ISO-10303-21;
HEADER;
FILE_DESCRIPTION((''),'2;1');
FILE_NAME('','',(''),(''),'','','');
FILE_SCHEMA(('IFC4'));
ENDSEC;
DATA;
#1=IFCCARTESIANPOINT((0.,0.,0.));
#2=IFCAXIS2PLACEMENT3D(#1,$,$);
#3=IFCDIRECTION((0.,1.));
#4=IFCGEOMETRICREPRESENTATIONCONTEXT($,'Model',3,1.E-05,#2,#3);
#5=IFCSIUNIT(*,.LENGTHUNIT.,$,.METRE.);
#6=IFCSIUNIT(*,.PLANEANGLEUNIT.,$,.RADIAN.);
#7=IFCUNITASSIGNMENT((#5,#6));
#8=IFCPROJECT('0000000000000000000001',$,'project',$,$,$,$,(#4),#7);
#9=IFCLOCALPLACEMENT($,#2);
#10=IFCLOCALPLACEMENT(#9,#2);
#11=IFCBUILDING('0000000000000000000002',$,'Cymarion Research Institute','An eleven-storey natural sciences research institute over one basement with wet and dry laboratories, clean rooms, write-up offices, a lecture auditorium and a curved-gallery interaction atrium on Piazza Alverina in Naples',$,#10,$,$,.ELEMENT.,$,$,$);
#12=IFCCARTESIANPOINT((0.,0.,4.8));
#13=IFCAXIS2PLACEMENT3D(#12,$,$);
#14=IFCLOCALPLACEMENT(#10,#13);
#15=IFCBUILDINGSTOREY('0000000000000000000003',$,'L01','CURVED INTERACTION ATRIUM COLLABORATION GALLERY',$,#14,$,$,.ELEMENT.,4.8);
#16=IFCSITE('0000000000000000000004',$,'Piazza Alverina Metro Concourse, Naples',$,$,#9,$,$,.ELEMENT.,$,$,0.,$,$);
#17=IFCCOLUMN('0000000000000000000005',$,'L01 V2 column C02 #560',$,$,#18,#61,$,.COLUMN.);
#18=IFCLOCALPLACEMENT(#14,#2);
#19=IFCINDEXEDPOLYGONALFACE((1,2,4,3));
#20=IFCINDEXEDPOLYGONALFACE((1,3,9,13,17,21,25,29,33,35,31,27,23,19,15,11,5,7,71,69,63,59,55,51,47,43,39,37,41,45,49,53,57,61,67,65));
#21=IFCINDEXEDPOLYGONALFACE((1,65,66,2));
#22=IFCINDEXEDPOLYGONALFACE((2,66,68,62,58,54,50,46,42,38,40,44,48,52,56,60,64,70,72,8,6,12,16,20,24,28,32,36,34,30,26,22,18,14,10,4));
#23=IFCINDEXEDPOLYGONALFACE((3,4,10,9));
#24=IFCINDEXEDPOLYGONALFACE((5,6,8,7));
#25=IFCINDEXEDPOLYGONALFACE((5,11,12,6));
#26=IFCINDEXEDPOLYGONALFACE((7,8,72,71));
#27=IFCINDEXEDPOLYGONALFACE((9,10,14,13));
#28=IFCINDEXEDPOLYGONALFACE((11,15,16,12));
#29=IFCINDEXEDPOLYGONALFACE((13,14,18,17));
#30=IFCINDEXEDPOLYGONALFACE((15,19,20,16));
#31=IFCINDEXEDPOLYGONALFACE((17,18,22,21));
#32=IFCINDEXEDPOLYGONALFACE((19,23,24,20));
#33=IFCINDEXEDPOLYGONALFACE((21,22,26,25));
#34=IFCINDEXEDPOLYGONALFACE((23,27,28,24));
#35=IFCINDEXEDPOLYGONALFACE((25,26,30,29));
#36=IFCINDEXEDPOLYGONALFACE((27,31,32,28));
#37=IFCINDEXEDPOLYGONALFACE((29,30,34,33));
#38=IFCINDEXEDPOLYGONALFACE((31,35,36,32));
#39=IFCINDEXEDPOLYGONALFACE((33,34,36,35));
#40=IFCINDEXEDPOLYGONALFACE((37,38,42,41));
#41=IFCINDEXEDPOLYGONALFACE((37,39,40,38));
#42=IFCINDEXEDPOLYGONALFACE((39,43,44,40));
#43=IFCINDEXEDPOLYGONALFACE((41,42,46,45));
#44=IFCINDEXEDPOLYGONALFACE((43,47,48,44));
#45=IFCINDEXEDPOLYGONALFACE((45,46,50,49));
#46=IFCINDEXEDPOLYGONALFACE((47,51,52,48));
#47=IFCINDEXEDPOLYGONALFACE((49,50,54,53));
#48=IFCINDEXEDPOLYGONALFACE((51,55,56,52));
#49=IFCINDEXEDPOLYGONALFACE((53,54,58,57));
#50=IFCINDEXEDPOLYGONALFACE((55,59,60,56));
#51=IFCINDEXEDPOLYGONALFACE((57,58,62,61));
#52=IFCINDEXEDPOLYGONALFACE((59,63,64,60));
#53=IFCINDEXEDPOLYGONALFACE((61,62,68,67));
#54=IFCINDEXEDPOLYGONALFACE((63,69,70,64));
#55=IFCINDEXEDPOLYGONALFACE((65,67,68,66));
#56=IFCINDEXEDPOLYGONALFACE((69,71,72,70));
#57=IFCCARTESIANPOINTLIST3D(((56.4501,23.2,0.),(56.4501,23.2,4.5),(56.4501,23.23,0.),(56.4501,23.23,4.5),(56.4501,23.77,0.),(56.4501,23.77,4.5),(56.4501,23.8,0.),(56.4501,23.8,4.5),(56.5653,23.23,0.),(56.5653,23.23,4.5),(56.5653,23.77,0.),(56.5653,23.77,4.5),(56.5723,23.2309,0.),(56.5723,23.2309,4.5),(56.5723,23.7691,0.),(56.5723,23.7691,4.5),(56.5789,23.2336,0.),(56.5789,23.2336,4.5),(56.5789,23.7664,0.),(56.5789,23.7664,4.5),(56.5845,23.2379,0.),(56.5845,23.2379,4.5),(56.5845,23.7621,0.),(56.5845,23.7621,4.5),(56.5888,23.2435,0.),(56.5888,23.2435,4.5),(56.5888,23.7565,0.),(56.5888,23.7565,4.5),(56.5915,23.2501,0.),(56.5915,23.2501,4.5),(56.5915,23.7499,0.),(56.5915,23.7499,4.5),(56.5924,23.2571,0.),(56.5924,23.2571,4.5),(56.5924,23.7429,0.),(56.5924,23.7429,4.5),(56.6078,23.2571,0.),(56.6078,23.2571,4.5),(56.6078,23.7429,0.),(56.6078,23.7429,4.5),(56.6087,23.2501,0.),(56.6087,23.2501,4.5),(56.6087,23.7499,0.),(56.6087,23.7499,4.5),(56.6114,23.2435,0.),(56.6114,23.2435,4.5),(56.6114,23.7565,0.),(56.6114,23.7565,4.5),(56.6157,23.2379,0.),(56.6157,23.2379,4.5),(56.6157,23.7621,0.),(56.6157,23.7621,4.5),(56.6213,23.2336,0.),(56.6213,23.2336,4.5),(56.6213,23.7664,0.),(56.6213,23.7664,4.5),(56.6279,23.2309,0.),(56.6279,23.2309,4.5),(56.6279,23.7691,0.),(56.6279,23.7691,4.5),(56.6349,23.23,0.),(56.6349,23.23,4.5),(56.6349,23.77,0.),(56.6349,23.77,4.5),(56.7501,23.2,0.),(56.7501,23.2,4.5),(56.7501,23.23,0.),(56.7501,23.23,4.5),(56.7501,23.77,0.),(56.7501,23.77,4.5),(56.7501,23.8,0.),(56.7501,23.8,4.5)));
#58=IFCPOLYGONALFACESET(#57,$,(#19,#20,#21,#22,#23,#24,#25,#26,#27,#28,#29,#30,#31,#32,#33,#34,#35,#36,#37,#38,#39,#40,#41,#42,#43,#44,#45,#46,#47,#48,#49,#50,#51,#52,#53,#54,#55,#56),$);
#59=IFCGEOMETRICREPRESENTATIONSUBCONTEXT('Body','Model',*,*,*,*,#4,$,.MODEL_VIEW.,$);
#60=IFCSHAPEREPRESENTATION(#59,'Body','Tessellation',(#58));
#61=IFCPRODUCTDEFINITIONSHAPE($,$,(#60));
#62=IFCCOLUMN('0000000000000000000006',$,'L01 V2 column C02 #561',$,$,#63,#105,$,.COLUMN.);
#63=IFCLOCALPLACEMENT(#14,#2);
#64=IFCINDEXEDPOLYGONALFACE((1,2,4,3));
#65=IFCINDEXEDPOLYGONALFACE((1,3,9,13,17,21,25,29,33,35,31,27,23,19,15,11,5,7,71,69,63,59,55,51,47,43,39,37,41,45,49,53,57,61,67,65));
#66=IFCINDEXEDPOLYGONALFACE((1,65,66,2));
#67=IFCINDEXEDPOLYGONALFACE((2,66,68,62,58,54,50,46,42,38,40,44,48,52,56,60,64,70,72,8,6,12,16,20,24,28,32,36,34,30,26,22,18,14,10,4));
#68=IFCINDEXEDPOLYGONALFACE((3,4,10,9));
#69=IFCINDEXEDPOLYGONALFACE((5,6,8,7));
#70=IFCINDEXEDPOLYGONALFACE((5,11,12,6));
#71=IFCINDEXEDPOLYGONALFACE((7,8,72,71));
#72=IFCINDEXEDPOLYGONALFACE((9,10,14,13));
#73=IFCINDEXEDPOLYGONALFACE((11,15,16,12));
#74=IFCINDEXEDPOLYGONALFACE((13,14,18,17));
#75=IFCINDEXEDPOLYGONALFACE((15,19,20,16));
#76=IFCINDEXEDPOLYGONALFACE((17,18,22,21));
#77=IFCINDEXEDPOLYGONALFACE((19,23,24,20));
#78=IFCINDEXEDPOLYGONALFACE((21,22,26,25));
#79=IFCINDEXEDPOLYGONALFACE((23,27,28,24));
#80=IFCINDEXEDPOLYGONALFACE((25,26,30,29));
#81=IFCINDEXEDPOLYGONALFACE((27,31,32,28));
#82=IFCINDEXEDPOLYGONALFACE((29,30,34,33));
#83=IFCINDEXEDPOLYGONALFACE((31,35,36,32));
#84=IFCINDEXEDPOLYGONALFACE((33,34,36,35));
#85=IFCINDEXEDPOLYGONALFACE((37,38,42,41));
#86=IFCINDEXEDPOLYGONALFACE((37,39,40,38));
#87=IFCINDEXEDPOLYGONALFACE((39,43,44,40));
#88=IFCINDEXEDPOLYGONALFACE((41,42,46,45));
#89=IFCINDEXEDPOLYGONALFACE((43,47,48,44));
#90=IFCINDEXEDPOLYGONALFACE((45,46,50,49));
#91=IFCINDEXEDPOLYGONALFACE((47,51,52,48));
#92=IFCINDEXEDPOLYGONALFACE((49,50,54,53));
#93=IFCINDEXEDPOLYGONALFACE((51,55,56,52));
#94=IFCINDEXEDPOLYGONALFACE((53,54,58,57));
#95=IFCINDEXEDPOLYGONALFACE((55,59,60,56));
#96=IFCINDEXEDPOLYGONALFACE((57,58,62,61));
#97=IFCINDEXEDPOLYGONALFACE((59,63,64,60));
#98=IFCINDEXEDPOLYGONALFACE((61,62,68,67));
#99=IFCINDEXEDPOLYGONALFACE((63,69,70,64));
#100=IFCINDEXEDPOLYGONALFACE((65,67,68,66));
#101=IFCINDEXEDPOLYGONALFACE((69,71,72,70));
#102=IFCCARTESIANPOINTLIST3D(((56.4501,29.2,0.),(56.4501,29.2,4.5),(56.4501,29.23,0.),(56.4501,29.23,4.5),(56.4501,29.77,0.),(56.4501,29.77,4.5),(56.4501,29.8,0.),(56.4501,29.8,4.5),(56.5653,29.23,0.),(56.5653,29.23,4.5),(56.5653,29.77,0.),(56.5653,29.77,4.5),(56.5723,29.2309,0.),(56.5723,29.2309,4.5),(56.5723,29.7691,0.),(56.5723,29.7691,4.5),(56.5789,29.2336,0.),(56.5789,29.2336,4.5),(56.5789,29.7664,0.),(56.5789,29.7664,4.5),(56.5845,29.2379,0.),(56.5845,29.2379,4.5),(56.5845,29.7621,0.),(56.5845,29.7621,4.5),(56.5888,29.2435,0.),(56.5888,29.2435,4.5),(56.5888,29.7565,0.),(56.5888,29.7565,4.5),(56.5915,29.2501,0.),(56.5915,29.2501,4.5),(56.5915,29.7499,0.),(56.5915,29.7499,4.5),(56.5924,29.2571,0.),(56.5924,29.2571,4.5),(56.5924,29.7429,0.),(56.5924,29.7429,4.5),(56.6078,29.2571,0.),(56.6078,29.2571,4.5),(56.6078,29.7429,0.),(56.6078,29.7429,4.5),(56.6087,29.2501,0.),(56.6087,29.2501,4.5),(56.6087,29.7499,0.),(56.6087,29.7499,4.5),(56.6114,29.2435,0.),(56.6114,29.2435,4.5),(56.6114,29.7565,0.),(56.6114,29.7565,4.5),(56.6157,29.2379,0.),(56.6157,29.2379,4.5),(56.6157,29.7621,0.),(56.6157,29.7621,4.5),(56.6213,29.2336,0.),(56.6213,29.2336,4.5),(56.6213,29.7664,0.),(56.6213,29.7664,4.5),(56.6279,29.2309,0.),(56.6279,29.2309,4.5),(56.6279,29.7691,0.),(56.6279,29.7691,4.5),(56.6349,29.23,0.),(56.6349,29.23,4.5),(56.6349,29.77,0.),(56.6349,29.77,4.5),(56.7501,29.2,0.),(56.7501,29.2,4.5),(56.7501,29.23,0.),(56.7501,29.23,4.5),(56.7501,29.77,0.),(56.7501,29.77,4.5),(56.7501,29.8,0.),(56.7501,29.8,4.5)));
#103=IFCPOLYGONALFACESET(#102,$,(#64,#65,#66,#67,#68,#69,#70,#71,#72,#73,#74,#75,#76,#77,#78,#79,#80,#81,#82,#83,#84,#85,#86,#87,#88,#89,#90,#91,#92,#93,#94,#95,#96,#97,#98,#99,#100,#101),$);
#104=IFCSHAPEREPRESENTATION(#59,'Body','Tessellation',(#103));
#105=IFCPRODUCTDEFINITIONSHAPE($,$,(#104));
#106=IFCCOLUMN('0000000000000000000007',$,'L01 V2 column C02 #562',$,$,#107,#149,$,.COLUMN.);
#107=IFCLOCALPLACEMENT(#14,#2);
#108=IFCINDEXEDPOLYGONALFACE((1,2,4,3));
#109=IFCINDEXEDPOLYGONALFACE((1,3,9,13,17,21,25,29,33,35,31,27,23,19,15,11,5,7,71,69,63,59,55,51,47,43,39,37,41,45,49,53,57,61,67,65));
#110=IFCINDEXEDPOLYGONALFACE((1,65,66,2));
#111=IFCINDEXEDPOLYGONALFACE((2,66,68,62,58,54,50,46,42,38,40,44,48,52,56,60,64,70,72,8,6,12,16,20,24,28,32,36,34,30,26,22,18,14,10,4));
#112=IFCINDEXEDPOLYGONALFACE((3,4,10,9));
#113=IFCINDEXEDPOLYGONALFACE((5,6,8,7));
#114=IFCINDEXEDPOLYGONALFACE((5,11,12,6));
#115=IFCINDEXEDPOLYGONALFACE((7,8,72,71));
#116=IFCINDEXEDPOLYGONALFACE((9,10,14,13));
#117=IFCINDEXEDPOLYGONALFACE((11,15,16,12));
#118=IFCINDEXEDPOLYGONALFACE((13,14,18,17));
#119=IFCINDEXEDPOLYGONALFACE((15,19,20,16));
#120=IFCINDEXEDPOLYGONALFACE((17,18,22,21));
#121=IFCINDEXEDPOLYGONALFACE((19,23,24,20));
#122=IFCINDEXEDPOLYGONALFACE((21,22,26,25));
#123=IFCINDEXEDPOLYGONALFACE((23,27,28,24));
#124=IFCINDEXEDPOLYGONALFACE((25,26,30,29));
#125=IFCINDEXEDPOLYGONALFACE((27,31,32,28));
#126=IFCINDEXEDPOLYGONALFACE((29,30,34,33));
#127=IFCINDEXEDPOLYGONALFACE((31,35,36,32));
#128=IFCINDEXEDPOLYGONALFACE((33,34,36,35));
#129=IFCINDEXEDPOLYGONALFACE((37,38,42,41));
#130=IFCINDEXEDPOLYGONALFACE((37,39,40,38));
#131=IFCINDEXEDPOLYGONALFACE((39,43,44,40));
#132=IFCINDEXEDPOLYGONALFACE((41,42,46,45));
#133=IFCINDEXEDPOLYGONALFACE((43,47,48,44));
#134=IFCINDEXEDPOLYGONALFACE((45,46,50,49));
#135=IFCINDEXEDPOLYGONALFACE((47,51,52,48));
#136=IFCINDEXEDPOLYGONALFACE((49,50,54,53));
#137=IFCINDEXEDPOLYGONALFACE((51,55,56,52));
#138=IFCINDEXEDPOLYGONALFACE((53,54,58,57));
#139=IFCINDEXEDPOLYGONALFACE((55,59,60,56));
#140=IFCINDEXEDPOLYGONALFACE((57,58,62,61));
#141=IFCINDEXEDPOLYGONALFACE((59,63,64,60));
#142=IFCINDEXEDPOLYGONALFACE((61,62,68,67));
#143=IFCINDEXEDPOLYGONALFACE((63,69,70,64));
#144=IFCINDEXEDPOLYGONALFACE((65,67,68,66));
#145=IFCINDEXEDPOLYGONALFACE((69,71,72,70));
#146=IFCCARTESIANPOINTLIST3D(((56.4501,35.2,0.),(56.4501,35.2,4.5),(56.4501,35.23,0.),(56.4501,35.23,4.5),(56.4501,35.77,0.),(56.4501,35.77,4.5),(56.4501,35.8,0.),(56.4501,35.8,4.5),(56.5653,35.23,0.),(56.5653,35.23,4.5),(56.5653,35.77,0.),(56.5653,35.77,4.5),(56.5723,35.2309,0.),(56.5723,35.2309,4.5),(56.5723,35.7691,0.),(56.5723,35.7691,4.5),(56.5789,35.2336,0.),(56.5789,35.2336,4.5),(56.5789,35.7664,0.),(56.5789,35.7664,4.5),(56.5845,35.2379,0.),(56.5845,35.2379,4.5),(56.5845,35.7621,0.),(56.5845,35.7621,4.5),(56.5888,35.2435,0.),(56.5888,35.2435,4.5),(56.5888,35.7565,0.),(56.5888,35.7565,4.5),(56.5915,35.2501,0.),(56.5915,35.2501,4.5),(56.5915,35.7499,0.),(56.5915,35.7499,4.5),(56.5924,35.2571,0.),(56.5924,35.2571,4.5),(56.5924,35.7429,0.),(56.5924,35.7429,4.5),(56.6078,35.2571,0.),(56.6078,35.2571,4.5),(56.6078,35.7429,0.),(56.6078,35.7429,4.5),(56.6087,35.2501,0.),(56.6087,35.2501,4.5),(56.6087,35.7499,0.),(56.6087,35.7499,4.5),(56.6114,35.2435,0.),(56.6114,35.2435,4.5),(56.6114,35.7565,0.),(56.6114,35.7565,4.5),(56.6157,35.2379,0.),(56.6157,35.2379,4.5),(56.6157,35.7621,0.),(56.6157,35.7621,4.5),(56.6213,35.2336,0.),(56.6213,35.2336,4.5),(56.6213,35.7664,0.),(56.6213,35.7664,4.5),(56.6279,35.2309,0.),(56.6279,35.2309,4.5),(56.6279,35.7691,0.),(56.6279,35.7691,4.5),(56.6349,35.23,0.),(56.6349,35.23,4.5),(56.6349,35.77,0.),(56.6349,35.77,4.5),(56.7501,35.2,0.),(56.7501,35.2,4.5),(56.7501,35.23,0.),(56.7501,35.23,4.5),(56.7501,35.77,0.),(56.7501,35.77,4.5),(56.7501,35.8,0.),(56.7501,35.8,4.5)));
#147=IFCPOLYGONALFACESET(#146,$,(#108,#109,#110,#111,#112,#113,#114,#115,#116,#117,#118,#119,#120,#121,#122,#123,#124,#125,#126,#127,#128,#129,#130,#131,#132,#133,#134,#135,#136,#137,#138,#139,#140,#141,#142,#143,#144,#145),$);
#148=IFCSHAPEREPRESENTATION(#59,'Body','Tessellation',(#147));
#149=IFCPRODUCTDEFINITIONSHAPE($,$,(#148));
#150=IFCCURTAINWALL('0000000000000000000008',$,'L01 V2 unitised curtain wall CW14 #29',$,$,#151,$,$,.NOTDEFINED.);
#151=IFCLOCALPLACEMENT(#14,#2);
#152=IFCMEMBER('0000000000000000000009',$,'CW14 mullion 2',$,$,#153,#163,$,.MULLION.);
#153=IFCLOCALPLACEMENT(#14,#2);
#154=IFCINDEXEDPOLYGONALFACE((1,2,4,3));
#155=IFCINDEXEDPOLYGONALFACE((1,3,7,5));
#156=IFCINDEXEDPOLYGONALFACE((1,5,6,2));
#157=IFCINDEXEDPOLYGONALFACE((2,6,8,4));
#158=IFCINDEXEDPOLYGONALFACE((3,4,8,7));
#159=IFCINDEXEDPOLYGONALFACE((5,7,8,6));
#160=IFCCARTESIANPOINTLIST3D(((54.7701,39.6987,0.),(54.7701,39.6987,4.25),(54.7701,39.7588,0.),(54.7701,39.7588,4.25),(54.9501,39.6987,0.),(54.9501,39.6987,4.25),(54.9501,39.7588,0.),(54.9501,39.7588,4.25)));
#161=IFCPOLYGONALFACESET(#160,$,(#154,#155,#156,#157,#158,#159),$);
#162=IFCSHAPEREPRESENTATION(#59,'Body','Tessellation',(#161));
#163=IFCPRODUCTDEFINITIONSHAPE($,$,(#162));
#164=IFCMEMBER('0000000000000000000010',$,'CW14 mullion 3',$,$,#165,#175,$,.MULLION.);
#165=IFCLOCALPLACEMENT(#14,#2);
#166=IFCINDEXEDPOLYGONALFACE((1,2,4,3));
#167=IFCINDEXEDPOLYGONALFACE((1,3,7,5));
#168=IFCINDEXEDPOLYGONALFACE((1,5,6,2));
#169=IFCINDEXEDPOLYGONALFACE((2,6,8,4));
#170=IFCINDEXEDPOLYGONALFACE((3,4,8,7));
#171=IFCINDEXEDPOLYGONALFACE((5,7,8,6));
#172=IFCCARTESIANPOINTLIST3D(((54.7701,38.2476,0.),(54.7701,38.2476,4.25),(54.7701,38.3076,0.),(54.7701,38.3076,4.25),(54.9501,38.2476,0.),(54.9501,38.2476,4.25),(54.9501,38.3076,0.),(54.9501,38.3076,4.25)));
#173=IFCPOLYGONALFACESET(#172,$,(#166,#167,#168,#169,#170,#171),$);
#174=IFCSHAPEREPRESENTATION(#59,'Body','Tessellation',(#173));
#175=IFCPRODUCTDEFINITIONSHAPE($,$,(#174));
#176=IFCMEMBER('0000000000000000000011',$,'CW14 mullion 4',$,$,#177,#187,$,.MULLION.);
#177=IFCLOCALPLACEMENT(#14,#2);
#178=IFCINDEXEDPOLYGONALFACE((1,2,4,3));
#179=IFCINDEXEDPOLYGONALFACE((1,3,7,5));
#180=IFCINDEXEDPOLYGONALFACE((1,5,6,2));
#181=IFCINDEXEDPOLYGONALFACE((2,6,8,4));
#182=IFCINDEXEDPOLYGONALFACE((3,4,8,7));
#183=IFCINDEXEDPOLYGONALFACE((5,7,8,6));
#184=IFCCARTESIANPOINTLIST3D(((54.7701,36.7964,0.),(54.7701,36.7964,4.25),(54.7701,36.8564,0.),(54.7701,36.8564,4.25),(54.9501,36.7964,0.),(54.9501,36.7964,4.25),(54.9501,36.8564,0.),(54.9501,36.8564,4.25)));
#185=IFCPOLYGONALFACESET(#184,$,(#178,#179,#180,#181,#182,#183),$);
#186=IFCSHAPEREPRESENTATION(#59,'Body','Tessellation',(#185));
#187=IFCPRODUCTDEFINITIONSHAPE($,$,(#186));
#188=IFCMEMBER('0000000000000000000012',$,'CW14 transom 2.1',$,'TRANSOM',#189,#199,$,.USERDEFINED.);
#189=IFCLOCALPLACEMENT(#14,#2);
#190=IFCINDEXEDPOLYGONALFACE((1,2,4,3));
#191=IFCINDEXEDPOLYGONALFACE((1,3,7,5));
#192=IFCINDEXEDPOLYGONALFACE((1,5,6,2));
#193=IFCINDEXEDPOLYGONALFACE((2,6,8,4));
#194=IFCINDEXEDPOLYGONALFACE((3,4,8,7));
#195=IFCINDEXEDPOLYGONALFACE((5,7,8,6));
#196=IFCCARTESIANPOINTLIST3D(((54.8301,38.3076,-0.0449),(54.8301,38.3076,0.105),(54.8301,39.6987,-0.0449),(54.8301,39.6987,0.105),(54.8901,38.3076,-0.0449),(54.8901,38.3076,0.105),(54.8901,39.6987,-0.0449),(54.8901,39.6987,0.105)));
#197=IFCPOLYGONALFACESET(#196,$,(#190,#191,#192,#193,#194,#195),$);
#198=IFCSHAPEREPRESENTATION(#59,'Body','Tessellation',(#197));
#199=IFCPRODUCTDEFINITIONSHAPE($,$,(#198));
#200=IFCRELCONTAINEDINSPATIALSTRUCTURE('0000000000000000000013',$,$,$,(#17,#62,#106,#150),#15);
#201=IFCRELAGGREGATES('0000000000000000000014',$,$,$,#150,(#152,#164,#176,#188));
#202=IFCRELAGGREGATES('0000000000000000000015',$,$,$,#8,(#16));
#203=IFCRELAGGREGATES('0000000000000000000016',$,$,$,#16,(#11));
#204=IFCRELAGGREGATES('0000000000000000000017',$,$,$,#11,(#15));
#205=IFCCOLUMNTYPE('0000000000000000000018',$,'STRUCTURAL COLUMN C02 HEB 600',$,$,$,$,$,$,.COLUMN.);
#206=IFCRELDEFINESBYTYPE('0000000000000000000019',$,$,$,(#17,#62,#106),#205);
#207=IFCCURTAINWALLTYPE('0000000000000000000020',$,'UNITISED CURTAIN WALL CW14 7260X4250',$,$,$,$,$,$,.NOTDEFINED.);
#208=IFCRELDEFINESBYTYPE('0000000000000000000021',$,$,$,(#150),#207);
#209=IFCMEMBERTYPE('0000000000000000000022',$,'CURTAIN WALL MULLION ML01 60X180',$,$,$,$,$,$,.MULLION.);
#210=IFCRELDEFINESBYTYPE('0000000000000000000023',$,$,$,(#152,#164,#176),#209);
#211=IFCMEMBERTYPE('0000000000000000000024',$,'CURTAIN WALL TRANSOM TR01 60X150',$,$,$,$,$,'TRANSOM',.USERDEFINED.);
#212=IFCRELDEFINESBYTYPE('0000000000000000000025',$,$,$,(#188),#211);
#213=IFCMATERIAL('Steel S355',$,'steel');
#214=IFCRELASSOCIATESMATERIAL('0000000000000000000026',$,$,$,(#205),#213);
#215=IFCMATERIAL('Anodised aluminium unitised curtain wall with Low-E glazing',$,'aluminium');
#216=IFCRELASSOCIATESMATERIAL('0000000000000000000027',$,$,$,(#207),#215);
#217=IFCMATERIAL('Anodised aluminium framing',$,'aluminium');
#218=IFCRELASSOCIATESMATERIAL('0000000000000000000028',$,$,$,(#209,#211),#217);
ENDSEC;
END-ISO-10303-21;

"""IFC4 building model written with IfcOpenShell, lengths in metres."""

from ifc_helpers import new_model, si_unit, direction, frame, origin, origin_2d, place, context, subcontext, project, spatial, rectangle, i_section, extrude, material, material_profile, profile_set, type_object, element, aggregate, save


model = new_model("IFC4")

# Units and contexts
model_context = context("Model", 3, precision=1e-05, world=origin(), true_north=direction((0.0, 1.0)))
body_context = subcontext(model_context, "Body", "Model", "MODEL_VIEW")
ifc_project = project(units=[si_unit("LENGTHUNIT", "METRE"), si_unit("PLANEANGLEUNIT", "RADIAN")], contexts=[model_context])

# Site, building, storey
site_placement = place(None, origin())
site = spatial("IfcSite", under=ifc_project, at=site_placement, Name="Piazza Alverina Metro Concourse, Naples", CompositionType="ELEMENT", RefElevation=0.0)
building_placement = place(site_placement, origin())
building = spatial("IfcBuilding", under=site, at=building_placement, Name="Cymarion Research Institute", Description="An eleven-storey natural sciences research institute over one basement with wet and dry laboratories, clean rooms, write-up offices, a lecture auditorium and a curved-gallery interaction atrium on Piazza Alverina in Naples", CompositionType="ELEMENT")
storey_placement = place(building_placement, frame((0.0, 0.0, 4.8)))
storey = spatial("IfcBuildingStorey", under=building, at=storey_placement, Name="L01", Description="CURVED INTERACTION ATRIUM COLLABORATION GALLERY", CompositionType="ELEMENT", Elevation=4.8)

# Columns
ifc_material_1 = material(Name="Steel S355", Category="steel")
ifc_material_profile_1 = material_profile(ifc_material_1, i_section(OverallWidth=0.3, OverallDepth=0.6001, WebThickness=0.0154, FlangeThickness=0.03, FilletRadius=0.0271, at=origin_2d()), Name="HEB 600")
ifc_profile_set_1 = profile_set([ifc_material_profile_1], Name="Steel S355")
column_type = type_object("IfcColumnType", Name="STRUCTURAL COLUMN C02 HEB 600", PredefinedType="COLUMN", material=ifc_profile_set_1)
for number, where, z_axis, x_axis, name in (
    (1, (56.6001, 23.5, 0.0), (0.0, 0.0, 1.0), (1.0, 0.0, 0.0), "L01 V2 column C02 #560"),
    (2, (56.6001, 29.5, 0.0), (0.0, 0.0, 1.0), (1.0, 0.0, 0.0), "L01 V2 column C02 #561"),
    (3, (56.6001, 35.5, 0.0), (0.0, 0.0, 1.0), (1.0, 0.0, 0.0), "L01 V2 column C02 #562"),
):
    element("IfcColumn", number, at=place(storey_placement, frame(where, z_axis=z_axis, x_axis=x_axis)), inside=storey, type_object=column_type, Name=name, PredefinedType="COLUMN", context=body_context, shape_type="SweptSolid", body=[
        extrude(i_section(OverallWidth=0.3, OverallDepth=0.6001, WebThickness=0.0154, FlangeThickness=0.03, FilletRadius=0.0271, at=origin_2d()), origin(), (0.0, 0.0, 1.0), 4.5),
    ])

# Curtain wall, members
ifc_material_2 = material(Name="Anodised aluminium unitised curtain wall with Low-E glazing", Category="aluminium")
curtain_wall_type = type_object("IfcCurtainWallType", Name="UNITISED CURTAIN WALL CW14 7260X4250", PredefinedType="NOTDEFINED", material=ifc_material_2)
curtain_wall_placement = place(storey_placement, origin())
curtain_wall = element("IfcCurtainWall", 4, at=curtain_wall_placement, inside=storey, type_object=curtain_wall_type, Name="L01 V2 unitised curtain wall CW14 #29", PredefinedType="NOTDEFINED")
ifc_material_3 = material(Name="Anodised aluminium framing", Category="aluminium")
ifc_material_profile_2 = material_profile(ifc_material_3, rectangle(XDim=0.0601, YDim=0.1799, at=origin_2d()), Name="ALU MULLION 60x180")
ifc_profile_set_2 = profile_set([ifc_material_profile_2], Name="Anodised aluminium framing")
member_type_1 = type_object("IfcMemberType", Name="CURTAIN WALL MULLION ML01 60X180", PredefinedType="MULLION", material=ifc_profile_set_2)
member_1_placement = place(storey_placement, frame((54.8601, 39.7288, 0.0), z_axis=(0.0, 0.0, 1.0), x_axis=(0.0, -1.0, 0.0)))
member_1 = element("IfcMember", 5, at=member_1_placement, type_object=member_type_1, Name="CW14 mullion 2", PredefinedType="MULLION", context=body_context, shape_type="SweptSolid", body=[
    extrude(rectangle(XDim=0.0601, YDim=0.1799, at=origin_2d()), origin(), (0.0, 0.0, 1.0), 4.25),
])
member_2_placement = place(storey_placement, frame((54.8601, 38.2776, 0.0), z_axis=(0.0, 0.0, 1.0), x_axis=(0.0, -1.0, 0.0)))
member_2 = element("IfcMember", 6, at=member_2_placement, type_object=member_type_1, Name="CW14 mullion 3", PredefinedType="MULLION", context=body_context, shape_type="SweptSolid", body=[
    extrude(rectangle(XDim=0.0601, YDim=0.1799, at=origin_2d()), origin(), (0.0, 0.0, 1.0), 4.25),
])
member_3_placement = place(storey_placement, frame((54.8601, 36.8264, 0.0), z_axis=(0.0, 0.0, 1.0), x_axis=(0.0, -1.0, 0.0)))
member_3 = element("IfcMember", 7, at=member_3_placement, type_object=member_type_1, Name="CW14 mullion 4", PredefinedType="MULLION", context=body_context, shape_type="SweptSolid", body=[
    extrude(rectangle(XDim=0.0601, YDim=0.1799, at=origin_2d()), origin(), (0.0, 0.0, 1.0), 4.25),
])
ifc_material_profile_3 = material_profile(ifc_material_3, rectangle(XDim=0.0601, YDim=0.1499, at=origin_2d()), Name="ALU TRANSOM 60x150")
ifc_profile_set_3 = profile_set([ifc_material_profile_3], Name="Anodised aluminium framing")
member_type_2 = type_object("IfcMemberType", Name="CURTAIN WALL TRANSOM TR01 60X150", ElementType="TRANSOM", PredefinedType="USERDEFINED", material=ifc_profile_set_3)
member_4_placement = place(storey_placement, frame((54.8601, 39.6987, 0.03), z_axis=(0.0, -1.0, 0.0), x_axis=(1.0, 0.0, 0.0)))
member_4 = element("IfcMember", 8, at=member_4_placement, type_object=member_type_2, Name="CW14 transom 2.1", ObjectType="TRANSOM", PredefinedType="USERDEFINED", context=body_context, shape_type="SweptSolid", body=[
    extrude(rectangle(XDim=0.0601, YDim=0.1499, at=origin_2d()), origin(), (0.0, 0.0, 1.0), 1.3911),
])

aggregate(curtain_wall, [member_1, member_2, member_3, member_4])

save(model, "model.ifc")
